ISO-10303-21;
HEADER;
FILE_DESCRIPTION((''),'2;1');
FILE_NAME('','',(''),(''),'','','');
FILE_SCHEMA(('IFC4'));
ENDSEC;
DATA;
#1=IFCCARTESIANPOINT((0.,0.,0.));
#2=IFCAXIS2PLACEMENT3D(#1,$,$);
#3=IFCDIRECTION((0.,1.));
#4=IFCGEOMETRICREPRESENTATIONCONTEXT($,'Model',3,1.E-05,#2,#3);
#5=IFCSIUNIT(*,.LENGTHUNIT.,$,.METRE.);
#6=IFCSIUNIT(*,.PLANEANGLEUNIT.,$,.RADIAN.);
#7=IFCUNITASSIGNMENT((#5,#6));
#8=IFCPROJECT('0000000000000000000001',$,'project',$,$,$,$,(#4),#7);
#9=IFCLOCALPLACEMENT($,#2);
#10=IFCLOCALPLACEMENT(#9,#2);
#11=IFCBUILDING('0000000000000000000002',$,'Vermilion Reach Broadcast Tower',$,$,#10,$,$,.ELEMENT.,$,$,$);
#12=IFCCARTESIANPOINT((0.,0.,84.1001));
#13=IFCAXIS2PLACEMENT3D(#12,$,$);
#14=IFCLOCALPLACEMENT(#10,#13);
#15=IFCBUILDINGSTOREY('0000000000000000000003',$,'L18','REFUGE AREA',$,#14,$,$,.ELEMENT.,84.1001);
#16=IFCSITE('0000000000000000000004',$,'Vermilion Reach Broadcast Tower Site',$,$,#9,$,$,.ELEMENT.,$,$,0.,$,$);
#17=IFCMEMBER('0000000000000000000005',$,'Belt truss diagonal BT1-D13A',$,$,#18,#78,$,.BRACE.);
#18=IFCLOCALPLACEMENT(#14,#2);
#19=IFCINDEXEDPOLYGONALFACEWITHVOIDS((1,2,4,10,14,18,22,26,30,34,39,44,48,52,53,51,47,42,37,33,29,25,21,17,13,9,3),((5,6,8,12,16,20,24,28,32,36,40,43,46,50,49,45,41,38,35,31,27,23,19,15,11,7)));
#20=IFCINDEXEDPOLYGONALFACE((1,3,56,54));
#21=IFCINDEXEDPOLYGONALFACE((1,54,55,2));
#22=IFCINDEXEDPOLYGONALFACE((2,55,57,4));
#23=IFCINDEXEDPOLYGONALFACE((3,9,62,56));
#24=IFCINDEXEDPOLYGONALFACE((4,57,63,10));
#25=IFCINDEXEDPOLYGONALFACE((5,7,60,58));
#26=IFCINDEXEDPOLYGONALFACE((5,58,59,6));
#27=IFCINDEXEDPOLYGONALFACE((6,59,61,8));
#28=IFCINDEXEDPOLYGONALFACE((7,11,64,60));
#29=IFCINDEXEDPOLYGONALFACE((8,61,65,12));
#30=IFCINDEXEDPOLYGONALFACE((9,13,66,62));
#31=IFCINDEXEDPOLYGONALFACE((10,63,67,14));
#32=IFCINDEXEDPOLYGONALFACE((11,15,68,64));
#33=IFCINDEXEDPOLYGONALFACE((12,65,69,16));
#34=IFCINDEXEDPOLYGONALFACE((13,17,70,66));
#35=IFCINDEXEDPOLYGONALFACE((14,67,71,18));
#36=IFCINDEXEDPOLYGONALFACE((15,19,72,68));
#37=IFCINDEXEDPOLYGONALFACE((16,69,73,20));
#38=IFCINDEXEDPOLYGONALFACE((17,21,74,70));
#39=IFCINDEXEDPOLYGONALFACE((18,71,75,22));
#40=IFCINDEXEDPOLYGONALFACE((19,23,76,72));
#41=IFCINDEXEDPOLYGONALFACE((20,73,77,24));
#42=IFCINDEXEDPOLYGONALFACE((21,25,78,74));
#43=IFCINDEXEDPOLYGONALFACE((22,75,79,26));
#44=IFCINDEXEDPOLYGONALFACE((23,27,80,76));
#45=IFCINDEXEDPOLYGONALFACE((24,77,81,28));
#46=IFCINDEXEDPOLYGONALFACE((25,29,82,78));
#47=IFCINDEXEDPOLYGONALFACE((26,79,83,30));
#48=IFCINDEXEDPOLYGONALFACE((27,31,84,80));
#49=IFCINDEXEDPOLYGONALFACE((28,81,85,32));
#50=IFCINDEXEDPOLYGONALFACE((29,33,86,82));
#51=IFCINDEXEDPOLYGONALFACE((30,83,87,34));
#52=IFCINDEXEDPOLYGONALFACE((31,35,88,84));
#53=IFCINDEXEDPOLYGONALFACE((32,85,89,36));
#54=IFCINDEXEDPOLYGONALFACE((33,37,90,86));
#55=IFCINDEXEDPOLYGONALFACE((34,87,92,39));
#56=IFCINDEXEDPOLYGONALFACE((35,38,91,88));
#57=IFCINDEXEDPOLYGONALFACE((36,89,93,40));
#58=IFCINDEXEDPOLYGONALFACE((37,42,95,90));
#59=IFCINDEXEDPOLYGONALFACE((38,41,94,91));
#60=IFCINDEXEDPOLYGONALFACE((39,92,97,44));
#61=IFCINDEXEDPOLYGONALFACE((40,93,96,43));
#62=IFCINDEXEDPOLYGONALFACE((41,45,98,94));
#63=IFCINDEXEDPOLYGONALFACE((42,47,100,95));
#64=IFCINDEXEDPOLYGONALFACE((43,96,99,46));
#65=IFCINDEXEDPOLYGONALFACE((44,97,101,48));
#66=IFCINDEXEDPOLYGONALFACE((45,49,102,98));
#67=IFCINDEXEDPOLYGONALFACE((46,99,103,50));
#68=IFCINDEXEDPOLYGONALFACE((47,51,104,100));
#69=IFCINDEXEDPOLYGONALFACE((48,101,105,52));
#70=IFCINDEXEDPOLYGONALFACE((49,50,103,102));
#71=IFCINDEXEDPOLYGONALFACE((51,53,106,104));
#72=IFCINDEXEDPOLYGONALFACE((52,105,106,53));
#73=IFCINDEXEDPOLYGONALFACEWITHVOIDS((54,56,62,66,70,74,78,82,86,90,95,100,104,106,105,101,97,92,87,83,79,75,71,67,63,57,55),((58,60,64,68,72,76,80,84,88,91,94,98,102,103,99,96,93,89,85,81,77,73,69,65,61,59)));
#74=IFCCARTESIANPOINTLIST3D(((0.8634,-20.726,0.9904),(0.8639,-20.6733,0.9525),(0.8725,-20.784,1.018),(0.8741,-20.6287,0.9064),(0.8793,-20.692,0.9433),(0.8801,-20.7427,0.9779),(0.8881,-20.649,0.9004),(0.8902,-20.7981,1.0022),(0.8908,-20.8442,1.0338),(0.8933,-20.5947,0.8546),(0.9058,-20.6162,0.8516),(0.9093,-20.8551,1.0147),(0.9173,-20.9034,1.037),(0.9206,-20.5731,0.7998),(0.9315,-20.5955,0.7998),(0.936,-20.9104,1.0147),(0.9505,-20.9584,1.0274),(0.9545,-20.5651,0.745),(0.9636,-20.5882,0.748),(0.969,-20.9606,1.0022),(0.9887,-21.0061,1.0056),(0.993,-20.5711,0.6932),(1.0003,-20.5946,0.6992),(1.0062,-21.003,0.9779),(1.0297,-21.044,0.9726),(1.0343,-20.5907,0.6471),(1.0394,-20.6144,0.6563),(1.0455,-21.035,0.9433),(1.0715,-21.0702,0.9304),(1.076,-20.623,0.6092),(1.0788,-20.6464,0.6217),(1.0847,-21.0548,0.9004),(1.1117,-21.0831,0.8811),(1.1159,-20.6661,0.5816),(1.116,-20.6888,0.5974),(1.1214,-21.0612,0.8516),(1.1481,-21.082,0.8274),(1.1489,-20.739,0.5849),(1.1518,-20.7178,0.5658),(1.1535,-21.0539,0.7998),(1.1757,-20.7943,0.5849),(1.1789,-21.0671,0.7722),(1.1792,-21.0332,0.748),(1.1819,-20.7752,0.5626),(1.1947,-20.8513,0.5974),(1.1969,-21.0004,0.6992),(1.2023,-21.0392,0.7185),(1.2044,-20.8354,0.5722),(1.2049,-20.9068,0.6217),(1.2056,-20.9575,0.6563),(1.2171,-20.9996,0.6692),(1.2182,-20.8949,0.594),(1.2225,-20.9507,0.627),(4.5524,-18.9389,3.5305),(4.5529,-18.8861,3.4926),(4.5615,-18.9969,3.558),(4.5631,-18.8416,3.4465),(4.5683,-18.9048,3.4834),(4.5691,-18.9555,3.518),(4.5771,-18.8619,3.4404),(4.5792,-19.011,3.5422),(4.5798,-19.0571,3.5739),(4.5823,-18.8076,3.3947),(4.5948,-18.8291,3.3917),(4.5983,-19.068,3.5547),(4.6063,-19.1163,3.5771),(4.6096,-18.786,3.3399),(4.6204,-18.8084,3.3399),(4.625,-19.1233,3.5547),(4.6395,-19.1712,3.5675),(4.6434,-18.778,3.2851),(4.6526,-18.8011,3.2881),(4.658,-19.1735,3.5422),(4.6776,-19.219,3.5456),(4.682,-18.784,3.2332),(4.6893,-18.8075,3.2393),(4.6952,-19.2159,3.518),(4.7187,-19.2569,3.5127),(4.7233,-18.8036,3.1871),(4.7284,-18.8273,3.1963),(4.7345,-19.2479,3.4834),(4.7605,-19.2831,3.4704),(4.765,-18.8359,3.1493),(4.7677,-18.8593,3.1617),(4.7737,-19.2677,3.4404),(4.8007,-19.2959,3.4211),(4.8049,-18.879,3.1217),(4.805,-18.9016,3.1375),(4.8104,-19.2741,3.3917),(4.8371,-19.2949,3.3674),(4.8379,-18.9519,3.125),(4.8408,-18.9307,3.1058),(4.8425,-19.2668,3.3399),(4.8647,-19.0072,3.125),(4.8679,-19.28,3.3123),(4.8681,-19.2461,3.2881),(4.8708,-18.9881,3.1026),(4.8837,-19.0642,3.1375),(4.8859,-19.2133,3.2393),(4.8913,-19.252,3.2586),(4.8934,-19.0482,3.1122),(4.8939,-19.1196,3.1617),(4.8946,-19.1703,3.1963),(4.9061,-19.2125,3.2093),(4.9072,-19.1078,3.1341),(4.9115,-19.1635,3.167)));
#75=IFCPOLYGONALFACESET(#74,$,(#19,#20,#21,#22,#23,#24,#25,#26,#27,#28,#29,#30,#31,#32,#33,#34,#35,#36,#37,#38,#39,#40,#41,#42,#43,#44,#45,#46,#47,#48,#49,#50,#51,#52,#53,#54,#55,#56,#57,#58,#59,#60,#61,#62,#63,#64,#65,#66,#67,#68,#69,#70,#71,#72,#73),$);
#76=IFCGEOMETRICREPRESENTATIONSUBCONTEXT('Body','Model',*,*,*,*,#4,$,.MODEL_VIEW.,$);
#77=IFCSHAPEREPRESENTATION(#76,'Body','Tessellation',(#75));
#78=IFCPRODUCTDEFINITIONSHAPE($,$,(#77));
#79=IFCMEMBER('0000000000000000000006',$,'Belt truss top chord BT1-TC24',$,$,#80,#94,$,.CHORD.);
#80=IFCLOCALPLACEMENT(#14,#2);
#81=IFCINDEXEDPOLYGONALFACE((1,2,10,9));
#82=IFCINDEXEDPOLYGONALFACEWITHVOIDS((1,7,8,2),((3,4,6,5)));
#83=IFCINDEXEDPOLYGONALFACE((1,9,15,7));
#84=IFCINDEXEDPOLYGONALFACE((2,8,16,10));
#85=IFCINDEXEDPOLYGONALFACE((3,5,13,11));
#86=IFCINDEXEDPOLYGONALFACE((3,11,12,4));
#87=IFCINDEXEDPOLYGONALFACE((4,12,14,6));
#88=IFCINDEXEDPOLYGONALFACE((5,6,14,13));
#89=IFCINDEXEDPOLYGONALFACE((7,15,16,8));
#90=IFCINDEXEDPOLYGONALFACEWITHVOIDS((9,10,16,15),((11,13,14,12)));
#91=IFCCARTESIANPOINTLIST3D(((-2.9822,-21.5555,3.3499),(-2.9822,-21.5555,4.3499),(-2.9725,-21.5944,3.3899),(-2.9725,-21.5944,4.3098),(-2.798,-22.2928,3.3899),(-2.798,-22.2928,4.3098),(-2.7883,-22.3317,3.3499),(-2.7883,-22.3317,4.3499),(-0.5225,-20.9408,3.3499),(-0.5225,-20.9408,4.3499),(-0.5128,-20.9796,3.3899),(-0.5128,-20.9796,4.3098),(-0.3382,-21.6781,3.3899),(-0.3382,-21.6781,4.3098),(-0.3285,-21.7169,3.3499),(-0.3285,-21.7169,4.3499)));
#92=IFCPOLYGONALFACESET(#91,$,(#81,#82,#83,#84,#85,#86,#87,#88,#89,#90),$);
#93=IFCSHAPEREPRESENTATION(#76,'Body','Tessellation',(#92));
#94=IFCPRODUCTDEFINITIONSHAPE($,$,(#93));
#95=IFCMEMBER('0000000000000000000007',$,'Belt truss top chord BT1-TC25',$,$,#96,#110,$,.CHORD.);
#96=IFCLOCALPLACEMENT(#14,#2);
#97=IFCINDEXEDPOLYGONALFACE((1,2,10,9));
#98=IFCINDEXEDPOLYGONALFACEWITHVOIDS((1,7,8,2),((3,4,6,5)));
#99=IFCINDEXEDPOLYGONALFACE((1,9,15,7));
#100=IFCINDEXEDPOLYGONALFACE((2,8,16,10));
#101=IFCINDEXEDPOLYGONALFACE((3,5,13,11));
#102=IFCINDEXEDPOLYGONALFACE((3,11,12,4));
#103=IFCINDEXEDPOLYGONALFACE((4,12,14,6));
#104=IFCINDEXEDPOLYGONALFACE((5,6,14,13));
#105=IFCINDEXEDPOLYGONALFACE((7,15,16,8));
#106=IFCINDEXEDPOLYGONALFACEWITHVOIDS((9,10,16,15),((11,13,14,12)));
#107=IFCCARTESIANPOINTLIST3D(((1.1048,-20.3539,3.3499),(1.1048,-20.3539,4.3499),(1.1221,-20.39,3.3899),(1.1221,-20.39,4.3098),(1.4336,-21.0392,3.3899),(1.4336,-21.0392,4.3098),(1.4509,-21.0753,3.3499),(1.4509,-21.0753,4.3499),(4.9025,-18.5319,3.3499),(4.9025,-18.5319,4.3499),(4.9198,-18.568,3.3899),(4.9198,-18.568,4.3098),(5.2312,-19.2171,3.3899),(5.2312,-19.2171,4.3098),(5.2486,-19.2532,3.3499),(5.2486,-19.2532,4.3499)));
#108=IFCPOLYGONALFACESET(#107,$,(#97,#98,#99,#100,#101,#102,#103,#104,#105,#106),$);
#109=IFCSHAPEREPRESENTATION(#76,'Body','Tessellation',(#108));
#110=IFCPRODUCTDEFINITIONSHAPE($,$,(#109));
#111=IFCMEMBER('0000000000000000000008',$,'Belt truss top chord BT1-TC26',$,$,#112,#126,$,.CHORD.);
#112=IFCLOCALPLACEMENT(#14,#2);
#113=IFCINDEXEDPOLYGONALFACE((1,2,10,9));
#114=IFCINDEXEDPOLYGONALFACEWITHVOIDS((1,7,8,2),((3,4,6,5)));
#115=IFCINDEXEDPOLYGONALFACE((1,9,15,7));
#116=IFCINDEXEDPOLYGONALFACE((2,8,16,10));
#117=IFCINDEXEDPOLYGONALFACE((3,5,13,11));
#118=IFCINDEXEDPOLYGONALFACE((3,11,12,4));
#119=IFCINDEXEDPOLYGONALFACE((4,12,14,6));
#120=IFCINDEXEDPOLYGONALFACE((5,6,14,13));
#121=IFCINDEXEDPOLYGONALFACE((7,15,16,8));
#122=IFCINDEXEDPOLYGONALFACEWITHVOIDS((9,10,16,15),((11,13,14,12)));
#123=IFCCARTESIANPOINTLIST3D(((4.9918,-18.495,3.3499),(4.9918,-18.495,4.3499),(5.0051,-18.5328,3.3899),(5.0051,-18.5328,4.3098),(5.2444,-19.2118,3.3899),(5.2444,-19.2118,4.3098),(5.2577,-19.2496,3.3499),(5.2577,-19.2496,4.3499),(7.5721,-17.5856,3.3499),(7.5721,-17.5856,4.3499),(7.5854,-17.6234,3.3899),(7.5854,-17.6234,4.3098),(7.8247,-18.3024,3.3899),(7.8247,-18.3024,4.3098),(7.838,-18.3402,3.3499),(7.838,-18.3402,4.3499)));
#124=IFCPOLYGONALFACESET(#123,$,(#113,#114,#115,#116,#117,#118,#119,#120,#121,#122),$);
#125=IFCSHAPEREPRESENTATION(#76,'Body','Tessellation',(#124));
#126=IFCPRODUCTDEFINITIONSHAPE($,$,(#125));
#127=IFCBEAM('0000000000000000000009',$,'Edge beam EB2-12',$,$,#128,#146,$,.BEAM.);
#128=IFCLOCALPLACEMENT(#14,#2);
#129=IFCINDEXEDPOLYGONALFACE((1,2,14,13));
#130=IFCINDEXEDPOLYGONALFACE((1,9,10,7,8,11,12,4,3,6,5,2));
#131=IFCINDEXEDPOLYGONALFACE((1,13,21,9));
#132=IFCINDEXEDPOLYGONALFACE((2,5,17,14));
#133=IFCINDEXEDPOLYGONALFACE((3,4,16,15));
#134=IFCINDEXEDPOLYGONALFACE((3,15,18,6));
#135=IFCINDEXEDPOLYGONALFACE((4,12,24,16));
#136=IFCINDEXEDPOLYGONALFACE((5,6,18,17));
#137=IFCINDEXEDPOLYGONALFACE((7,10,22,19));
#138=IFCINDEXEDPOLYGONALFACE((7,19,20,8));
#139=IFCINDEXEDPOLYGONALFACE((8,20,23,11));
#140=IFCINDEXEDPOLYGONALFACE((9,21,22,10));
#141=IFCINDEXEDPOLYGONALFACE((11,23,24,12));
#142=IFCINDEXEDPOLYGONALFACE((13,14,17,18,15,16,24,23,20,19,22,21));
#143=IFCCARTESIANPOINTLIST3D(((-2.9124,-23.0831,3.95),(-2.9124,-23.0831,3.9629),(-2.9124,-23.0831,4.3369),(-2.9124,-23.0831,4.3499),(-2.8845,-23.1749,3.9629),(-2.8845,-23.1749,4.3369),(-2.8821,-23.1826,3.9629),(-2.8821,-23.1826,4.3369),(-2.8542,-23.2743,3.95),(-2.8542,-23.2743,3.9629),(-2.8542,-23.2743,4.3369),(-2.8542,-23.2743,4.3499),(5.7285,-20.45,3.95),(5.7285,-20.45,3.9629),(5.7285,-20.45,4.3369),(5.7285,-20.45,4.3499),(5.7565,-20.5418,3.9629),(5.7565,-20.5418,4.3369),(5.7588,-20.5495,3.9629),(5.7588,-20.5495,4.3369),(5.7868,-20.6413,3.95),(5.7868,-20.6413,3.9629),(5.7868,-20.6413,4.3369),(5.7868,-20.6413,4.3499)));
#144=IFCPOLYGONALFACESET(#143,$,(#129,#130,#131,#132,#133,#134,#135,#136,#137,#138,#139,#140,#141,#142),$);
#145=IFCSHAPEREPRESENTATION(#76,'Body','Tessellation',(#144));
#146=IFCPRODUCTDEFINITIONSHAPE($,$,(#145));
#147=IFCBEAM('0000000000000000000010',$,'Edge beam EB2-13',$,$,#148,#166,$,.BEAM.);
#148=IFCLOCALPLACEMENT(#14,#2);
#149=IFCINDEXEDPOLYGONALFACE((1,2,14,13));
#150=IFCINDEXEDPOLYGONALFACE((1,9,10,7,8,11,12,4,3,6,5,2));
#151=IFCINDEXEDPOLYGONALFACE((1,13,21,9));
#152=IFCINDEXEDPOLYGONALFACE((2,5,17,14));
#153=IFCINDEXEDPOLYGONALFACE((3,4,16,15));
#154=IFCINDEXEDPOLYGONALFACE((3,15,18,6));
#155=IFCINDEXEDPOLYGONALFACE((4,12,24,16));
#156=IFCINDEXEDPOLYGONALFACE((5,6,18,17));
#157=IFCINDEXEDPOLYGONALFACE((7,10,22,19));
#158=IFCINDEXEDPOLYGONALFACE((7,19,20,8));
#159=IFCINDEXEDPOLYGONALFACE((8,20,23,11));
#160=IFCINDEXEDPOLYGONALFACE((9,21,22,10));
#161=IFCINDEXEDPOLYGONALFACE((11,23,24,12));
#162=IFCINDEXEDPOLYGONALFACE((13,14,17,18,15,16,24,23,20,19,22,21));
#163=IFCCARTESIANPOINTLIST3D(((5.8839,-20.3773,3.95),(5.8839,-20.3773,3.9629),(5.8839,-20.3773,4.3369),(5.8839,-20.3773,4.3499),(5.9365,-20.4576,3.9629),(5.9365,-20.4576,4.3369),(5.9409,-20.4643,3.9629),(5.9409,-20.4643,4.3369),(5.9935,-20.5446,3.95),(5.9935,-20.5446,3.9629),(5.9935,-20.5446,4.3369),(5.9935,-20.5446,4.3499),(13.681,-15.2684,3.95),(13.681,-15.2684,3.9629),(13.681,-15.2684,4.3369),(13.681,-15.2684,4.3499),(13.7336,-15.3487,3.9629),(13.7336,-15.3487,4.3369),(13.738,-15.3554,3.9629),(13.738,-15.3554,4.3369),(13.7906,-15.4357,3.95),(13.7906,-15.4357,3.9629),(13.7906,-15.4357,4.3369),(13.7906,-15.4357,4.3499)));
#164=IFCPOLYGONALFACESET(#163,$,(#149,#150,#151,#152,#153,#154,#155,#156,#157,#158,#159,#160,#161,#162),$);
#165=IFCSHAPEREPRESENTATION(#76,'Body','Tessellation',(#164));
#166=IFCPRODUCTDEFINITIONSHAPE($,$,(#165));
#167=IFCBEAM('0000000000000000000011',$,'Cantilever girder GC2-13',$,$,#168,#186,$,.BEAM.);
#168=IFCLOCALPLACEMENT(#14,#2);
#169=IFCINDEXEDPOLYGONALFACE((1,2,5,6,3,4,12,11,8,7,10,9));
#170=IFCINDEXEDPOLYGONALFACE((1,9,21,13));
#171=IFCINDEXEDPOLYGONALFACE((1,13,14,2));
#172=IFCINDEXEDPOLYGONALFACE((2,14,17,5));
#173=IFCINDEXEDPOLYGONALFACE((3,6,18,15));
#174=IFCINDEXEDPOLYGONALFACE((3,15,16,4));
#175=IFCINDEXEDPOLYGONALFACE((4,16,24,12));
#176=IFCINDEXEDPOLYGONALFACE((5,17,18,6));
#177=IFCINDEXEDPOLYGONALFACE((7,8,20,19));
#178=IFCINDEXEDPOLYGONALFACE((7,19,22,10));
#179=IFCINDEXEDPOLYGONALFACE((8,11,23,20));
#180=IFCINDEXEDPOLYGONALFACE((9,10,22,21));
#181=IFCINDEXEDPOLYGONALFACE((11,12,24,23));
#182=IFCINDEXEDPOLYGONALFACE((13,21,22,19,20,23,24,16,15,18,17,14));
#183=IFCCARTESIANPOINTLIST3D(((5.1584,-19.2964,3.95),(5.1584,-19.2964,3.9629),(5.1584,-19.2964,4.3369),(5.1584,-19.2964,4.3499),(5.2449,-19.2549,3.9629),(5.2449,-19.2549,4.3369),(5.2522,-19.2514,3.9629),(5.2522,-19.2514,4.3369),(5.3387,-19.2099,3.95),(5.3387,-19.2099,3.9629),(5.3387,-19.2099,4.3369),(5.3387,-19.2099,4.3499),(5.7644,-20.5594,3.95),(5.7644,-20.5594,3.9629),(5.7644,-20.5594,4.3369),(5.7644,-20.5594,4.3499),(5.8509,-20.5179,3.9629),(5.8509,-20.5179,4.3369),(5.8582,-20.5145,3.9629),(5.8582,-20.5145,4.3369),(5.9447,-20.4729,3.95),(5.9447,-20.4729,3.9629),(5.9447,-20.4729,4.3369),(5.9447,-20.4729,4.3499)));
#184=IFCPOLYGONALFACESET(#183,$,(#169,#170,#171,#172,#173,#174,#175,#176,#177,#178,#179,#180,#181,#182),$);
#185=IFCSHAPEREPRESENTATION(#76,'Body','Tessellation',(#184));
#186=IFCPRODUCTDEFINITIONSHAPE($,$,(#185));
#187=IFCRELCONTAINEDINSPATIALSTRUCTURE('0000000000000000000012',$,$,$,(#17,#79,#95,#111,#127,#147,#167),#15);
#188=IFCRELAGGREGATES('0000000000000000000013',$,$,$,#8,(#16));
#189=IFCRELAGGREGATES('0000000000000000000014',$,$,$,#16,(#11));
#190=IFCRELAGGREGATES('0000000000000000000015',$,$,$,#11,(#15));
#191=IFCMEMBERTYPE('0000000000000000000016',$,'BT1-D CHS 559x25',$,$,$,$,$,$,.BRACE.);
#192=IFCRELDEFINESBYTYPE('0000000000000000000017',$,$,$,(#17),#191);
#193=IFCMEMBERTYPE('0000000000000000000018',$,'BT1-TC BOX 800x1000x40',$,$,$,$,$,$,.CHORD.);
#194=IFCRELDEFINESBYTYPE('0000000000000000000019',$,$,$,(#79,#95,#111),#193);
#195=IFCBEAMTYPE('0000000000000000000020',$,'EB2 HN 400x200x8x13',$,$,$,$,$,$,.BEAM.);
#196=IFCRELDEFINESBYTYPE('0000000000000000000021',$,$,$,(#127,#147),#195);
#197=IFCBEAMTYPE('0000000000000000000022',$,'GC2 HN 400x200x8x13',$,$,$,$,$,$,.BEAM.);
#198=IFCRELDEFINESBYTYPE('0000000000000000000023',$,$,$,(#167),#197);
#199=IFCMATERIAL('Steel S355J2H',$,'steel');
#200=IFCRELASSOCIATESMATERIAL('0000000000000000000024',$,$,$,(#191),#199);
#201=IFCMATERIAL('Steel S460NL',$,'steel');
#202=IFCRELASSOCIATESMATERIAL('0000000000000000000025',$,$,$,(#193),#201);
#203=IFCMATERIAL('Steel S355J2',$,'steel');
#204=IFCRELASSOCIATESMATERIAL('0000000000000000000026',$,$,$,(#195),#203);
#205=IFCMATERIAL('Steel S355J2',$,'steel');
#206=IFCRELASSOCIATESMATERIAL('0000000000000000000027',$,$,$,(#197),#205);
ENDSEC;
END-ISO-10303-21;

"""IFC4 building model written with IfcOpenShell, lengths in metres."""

from ifc_helpers import new_model, si_unit, direction, frame, origin, origin_2d, place, context, subcontext, project, spatial, hollow_rectangle, hollow_circle, i_section, extrude, material, material_profile, profile_set, type_object, element, save


model = new_model("IFC4")

# Units and contexts
model_context = context("Model", 3, precision=1e-05, world=origin(), true_north=direction((0.0, 1.0)))
body_context = subcontext(model_context, "Body", "Model", "MODEL_VIEW")
ifc_project = project(units=[si_unit("LENGTHUNIT", "METRE"), si_unit("PLANEANGLEUNIT", "RADIAN")], contexts=[model_context])

# Site, building, storey
site_placement = place(None, origin())
site = spatial("IfcSite", under=ifc_project, at=site_placement, Name="Vermilion Reach Broadcast Tower Site", CompositionType="ELEMENT", RefElevation=0.0)
building_placement = place(site_placement, origin())
building = spatial("IfcBuilding", under=site, at=building_placement, Name="Vermilion Reach Broadcast Tower", CompositionType="ELEMENT")
storey_placement = place(building_placement, frame((0.0, 0.0, 84.1001)))
storey = spatial("IfcBuildingStorey", under=building, at=storey_placement, Name="L18", Description="REFUGE AREA", CompositionType="ELEMENT", Elevation=84.1001)

# Members
ifc_material_1 = material(Name="Steel S355J2H", Category="steel")
ifc_material_profile_1 = material_profile(ifc_material_1, hollow_circle(Radius=0.2795, WallThickness=0.0249, at=origin_2d()), Name="S355J2H CHS 559x25")
ifc_profile_set_1 = profile_set([ifc_material_profile_1], Name="Steel S355J2H")
member_type_1 = type_object("IfcMemberType", Name="BT1-D CHS 559x25", PredefinedType="BRACE", material=ifc_profile_set_1)
member_1_placement = place(storey_placement, frame((1.0425, -20.8247, 0.7998), z_axis=(0.76499, 0.370597, 0.526734), x_axis=(-0.435981, 0.899956, 0.0)))
element("IfcMember", 1, at=member_1_placement, inside=storey, type_object=member_type_1, Name="Belt truss diagonal BT1-D13A", PredefinedType="BRACE", context=body_context, shape_type="SweptSolid", body=[
    extrude(hollow_circle(Radius=0.2795, WallThickness=0.0249, at=origin_2d()), origin(), (0.0, 0.0, 1.0), 4.8223),
])
ifc_material_2 = material(Name="Steel S460NL", Category="steel")
ifc_material_profile_2 = material_profile(ifc_material_2, hollow_rectangle(XDim=0.8, YDim=1.0, WallThickness=0.04, at=origin_2d()), Name="S460NL BOX 800x1000x40")
ifc_profile_set_2 = profile_set([ifc_material_profile_2], Name="Steel S460NL")
member_type_2 = type_object("IfcMemberType", Name="BT1-TC BOX 800x1000x40", PredefinedType="CHORD", material=ifc_profile_set_2)
member_2_placement = place(storey_placement, frame((-2.8853, -21.9436, 3.8499), z_axis=(0.970159, 0.242468, 0.0), x_axis=(-0.242468, 0.970159, 0.0)))
element("IfcMember", 2, at=member_2_placement, inside=storey, type_object=member_type_2, Name="Belt truss top chord BT1-TC24", PredefinedType="CHORD", context=body_context, shape_type="SweptSolid", body=[
    extrude(hollow_rectangle(XDim=0.8, YDim=1.0, WallThickness=0.04, at=origin_2d()), origin(), (0.0, 0.0, 1.0), 2.5354),
])
member_3_placement = place(storey_placement, frame((1.2778, -20.7146, 3.8499), z_axis=(0.9016, 0.432571, 0.0), x_axis=(-0.432571, 0.9016, 0.0)))
element("IfcMember", 3, at=member_3_placement, inside=storey, type_object=member_type_2, Name="Belt truss top chord BT1-TC25", PredefinedType="CHORD", context=body_context, shape_type="SweptSolid", body=[
    extrude(hollow_rectangle(XDim=0.8, YDim=1.0, WallThickness=0.04, at=origin_2d()), origin(), (0.0, 0.0, 1.0), 4.2122),
])
member_4_placement = place(storey_placement, frame((5.1248, -18.8723, 3.8499), z_axis=(0.943137, 0.332405, 0.0), x_axis=(-0.332405, 0.943137, 0.0)))
element("IfcMember", 4, at=member_4_placement, inside=storey, type_object=member_type_2, Name="Belt truss top chord BT1-TC26", PredefinedType="CHORD", context=body_context, shape_type="SweptSolid", body=[
    extrude(hollow_rectangle(XDim=0.8, YDim=1.0, WallThickness=0.04, at=origin_2d()), origin(), (0.0, 0.0, 1.0), 2.7358),
])

# Beams
ifc_material_3 = material(Name="Steel S355J2", Category="steel")
ifc_material_profile_3 = material_profile(ifc_material_3, i_section(OverallWidth=0.2, OverallDepth=0.3999, WebThickness=0.0081, FlangeThickness=0.0129, at=origin_2d()), Name="S355J2 HN 400x200x8x13")
ifc_profile_set_3 = profile_set([ifc_material_profile_3], Name="Steel S355J2")
beam_type_1 = type_object("IfcBeamType", Name="EB2 HN 400x200x8x13", PredefinedType="BEAM", material=ifc_profile_set_3)
beam_1_placement = place(storey_placement, frame((-2.8833, -23.1787, 4.1499), z_axis=(0.956574, 0.291489, 0.0), x_axis=(-0.291489, 0.956574, 0.0)))
element("IfcBeam", 5, at=beam_1_placement, inside=storey, type_object=beam_type_1, Name="Edge beam EB2-12", PredefinedType="BEAM", context=body_context, shape_type="SweptSolid", body=[
    extrude(i_section(OverallWidth=0.2, OverallDepth=0.3999, WebThickness=0.0081, FlangeThickness=0.0129, at=origin_2d()), origin(), (0.0, 0.0, 1.0), 9.0332),
])
beam_2_placement = place(storey_placement, frame((5.9387, -20.4609, 4.1499), z_axis=(0.83644, 0.548058, 0.0), x_axis=(-0.548058, 0.83644, 0.0)))
element("IfcBeam", 6, at=beam_2_placement, inside=storey, type_object=beam_type_1, Name="Edge beam EB2-13", PredefinedType="BEAM", context=body_context, shape_type="SweptSolid", body=[
    extrude(i_section(OverallWidth=0.2, OverallDepth=0.3999, WebThickness=0.0081, FlangeThickness=0.0129, at=origin_2d()), origin(), (0.0, 0.0, 1.0), 9.3218),
])
ifc_material_4 = material(Name="Steel S355J2", Category="steel")
ifc_material_profile_4 = material_profile(ifc_material_4, i_section(OverallWidth=0.2, OverallDepth=0.3999, WebThickness=0.0081, FlangeThickness=0.0129, at=origin_2d()), Name="S355J2 HN 400x200x8x13")
ifc_profile_set_4 = profile_set([ifc_material_profile_4], Name="Steel S355J2")
beam_type_2 = type_object("IfcBeamType", Name="GC2 HN 400x200x8x13", PredefinedType="BEAM", material=ifc_profile_set_4)
beam_3_placement = place(storey_placement, frame((5.2485, -19.2532, 4.1499), z_axis=(0.432584, -0.901594, 0.0), x_axis=(0.901594, 0.432584, 0.0)))
element("IfcBeam", 7, at=beam_3_placement, inside=storey, type_object=beam_type_2, Name="Cantilever girder GC2-13", PredefinedType="BEAM", context=body_context, shape_type="SweptSolid", body=[
    extrude(i_section(OverallWidth=0.2, OverallDepth=0.3999, WebThickness=0.0081, FlangeThickness=0.0129, at=origin_2d()), origin(), (0.0, 0.0, 1.0), 1.4009),
])

save(model, "model.ifc")
